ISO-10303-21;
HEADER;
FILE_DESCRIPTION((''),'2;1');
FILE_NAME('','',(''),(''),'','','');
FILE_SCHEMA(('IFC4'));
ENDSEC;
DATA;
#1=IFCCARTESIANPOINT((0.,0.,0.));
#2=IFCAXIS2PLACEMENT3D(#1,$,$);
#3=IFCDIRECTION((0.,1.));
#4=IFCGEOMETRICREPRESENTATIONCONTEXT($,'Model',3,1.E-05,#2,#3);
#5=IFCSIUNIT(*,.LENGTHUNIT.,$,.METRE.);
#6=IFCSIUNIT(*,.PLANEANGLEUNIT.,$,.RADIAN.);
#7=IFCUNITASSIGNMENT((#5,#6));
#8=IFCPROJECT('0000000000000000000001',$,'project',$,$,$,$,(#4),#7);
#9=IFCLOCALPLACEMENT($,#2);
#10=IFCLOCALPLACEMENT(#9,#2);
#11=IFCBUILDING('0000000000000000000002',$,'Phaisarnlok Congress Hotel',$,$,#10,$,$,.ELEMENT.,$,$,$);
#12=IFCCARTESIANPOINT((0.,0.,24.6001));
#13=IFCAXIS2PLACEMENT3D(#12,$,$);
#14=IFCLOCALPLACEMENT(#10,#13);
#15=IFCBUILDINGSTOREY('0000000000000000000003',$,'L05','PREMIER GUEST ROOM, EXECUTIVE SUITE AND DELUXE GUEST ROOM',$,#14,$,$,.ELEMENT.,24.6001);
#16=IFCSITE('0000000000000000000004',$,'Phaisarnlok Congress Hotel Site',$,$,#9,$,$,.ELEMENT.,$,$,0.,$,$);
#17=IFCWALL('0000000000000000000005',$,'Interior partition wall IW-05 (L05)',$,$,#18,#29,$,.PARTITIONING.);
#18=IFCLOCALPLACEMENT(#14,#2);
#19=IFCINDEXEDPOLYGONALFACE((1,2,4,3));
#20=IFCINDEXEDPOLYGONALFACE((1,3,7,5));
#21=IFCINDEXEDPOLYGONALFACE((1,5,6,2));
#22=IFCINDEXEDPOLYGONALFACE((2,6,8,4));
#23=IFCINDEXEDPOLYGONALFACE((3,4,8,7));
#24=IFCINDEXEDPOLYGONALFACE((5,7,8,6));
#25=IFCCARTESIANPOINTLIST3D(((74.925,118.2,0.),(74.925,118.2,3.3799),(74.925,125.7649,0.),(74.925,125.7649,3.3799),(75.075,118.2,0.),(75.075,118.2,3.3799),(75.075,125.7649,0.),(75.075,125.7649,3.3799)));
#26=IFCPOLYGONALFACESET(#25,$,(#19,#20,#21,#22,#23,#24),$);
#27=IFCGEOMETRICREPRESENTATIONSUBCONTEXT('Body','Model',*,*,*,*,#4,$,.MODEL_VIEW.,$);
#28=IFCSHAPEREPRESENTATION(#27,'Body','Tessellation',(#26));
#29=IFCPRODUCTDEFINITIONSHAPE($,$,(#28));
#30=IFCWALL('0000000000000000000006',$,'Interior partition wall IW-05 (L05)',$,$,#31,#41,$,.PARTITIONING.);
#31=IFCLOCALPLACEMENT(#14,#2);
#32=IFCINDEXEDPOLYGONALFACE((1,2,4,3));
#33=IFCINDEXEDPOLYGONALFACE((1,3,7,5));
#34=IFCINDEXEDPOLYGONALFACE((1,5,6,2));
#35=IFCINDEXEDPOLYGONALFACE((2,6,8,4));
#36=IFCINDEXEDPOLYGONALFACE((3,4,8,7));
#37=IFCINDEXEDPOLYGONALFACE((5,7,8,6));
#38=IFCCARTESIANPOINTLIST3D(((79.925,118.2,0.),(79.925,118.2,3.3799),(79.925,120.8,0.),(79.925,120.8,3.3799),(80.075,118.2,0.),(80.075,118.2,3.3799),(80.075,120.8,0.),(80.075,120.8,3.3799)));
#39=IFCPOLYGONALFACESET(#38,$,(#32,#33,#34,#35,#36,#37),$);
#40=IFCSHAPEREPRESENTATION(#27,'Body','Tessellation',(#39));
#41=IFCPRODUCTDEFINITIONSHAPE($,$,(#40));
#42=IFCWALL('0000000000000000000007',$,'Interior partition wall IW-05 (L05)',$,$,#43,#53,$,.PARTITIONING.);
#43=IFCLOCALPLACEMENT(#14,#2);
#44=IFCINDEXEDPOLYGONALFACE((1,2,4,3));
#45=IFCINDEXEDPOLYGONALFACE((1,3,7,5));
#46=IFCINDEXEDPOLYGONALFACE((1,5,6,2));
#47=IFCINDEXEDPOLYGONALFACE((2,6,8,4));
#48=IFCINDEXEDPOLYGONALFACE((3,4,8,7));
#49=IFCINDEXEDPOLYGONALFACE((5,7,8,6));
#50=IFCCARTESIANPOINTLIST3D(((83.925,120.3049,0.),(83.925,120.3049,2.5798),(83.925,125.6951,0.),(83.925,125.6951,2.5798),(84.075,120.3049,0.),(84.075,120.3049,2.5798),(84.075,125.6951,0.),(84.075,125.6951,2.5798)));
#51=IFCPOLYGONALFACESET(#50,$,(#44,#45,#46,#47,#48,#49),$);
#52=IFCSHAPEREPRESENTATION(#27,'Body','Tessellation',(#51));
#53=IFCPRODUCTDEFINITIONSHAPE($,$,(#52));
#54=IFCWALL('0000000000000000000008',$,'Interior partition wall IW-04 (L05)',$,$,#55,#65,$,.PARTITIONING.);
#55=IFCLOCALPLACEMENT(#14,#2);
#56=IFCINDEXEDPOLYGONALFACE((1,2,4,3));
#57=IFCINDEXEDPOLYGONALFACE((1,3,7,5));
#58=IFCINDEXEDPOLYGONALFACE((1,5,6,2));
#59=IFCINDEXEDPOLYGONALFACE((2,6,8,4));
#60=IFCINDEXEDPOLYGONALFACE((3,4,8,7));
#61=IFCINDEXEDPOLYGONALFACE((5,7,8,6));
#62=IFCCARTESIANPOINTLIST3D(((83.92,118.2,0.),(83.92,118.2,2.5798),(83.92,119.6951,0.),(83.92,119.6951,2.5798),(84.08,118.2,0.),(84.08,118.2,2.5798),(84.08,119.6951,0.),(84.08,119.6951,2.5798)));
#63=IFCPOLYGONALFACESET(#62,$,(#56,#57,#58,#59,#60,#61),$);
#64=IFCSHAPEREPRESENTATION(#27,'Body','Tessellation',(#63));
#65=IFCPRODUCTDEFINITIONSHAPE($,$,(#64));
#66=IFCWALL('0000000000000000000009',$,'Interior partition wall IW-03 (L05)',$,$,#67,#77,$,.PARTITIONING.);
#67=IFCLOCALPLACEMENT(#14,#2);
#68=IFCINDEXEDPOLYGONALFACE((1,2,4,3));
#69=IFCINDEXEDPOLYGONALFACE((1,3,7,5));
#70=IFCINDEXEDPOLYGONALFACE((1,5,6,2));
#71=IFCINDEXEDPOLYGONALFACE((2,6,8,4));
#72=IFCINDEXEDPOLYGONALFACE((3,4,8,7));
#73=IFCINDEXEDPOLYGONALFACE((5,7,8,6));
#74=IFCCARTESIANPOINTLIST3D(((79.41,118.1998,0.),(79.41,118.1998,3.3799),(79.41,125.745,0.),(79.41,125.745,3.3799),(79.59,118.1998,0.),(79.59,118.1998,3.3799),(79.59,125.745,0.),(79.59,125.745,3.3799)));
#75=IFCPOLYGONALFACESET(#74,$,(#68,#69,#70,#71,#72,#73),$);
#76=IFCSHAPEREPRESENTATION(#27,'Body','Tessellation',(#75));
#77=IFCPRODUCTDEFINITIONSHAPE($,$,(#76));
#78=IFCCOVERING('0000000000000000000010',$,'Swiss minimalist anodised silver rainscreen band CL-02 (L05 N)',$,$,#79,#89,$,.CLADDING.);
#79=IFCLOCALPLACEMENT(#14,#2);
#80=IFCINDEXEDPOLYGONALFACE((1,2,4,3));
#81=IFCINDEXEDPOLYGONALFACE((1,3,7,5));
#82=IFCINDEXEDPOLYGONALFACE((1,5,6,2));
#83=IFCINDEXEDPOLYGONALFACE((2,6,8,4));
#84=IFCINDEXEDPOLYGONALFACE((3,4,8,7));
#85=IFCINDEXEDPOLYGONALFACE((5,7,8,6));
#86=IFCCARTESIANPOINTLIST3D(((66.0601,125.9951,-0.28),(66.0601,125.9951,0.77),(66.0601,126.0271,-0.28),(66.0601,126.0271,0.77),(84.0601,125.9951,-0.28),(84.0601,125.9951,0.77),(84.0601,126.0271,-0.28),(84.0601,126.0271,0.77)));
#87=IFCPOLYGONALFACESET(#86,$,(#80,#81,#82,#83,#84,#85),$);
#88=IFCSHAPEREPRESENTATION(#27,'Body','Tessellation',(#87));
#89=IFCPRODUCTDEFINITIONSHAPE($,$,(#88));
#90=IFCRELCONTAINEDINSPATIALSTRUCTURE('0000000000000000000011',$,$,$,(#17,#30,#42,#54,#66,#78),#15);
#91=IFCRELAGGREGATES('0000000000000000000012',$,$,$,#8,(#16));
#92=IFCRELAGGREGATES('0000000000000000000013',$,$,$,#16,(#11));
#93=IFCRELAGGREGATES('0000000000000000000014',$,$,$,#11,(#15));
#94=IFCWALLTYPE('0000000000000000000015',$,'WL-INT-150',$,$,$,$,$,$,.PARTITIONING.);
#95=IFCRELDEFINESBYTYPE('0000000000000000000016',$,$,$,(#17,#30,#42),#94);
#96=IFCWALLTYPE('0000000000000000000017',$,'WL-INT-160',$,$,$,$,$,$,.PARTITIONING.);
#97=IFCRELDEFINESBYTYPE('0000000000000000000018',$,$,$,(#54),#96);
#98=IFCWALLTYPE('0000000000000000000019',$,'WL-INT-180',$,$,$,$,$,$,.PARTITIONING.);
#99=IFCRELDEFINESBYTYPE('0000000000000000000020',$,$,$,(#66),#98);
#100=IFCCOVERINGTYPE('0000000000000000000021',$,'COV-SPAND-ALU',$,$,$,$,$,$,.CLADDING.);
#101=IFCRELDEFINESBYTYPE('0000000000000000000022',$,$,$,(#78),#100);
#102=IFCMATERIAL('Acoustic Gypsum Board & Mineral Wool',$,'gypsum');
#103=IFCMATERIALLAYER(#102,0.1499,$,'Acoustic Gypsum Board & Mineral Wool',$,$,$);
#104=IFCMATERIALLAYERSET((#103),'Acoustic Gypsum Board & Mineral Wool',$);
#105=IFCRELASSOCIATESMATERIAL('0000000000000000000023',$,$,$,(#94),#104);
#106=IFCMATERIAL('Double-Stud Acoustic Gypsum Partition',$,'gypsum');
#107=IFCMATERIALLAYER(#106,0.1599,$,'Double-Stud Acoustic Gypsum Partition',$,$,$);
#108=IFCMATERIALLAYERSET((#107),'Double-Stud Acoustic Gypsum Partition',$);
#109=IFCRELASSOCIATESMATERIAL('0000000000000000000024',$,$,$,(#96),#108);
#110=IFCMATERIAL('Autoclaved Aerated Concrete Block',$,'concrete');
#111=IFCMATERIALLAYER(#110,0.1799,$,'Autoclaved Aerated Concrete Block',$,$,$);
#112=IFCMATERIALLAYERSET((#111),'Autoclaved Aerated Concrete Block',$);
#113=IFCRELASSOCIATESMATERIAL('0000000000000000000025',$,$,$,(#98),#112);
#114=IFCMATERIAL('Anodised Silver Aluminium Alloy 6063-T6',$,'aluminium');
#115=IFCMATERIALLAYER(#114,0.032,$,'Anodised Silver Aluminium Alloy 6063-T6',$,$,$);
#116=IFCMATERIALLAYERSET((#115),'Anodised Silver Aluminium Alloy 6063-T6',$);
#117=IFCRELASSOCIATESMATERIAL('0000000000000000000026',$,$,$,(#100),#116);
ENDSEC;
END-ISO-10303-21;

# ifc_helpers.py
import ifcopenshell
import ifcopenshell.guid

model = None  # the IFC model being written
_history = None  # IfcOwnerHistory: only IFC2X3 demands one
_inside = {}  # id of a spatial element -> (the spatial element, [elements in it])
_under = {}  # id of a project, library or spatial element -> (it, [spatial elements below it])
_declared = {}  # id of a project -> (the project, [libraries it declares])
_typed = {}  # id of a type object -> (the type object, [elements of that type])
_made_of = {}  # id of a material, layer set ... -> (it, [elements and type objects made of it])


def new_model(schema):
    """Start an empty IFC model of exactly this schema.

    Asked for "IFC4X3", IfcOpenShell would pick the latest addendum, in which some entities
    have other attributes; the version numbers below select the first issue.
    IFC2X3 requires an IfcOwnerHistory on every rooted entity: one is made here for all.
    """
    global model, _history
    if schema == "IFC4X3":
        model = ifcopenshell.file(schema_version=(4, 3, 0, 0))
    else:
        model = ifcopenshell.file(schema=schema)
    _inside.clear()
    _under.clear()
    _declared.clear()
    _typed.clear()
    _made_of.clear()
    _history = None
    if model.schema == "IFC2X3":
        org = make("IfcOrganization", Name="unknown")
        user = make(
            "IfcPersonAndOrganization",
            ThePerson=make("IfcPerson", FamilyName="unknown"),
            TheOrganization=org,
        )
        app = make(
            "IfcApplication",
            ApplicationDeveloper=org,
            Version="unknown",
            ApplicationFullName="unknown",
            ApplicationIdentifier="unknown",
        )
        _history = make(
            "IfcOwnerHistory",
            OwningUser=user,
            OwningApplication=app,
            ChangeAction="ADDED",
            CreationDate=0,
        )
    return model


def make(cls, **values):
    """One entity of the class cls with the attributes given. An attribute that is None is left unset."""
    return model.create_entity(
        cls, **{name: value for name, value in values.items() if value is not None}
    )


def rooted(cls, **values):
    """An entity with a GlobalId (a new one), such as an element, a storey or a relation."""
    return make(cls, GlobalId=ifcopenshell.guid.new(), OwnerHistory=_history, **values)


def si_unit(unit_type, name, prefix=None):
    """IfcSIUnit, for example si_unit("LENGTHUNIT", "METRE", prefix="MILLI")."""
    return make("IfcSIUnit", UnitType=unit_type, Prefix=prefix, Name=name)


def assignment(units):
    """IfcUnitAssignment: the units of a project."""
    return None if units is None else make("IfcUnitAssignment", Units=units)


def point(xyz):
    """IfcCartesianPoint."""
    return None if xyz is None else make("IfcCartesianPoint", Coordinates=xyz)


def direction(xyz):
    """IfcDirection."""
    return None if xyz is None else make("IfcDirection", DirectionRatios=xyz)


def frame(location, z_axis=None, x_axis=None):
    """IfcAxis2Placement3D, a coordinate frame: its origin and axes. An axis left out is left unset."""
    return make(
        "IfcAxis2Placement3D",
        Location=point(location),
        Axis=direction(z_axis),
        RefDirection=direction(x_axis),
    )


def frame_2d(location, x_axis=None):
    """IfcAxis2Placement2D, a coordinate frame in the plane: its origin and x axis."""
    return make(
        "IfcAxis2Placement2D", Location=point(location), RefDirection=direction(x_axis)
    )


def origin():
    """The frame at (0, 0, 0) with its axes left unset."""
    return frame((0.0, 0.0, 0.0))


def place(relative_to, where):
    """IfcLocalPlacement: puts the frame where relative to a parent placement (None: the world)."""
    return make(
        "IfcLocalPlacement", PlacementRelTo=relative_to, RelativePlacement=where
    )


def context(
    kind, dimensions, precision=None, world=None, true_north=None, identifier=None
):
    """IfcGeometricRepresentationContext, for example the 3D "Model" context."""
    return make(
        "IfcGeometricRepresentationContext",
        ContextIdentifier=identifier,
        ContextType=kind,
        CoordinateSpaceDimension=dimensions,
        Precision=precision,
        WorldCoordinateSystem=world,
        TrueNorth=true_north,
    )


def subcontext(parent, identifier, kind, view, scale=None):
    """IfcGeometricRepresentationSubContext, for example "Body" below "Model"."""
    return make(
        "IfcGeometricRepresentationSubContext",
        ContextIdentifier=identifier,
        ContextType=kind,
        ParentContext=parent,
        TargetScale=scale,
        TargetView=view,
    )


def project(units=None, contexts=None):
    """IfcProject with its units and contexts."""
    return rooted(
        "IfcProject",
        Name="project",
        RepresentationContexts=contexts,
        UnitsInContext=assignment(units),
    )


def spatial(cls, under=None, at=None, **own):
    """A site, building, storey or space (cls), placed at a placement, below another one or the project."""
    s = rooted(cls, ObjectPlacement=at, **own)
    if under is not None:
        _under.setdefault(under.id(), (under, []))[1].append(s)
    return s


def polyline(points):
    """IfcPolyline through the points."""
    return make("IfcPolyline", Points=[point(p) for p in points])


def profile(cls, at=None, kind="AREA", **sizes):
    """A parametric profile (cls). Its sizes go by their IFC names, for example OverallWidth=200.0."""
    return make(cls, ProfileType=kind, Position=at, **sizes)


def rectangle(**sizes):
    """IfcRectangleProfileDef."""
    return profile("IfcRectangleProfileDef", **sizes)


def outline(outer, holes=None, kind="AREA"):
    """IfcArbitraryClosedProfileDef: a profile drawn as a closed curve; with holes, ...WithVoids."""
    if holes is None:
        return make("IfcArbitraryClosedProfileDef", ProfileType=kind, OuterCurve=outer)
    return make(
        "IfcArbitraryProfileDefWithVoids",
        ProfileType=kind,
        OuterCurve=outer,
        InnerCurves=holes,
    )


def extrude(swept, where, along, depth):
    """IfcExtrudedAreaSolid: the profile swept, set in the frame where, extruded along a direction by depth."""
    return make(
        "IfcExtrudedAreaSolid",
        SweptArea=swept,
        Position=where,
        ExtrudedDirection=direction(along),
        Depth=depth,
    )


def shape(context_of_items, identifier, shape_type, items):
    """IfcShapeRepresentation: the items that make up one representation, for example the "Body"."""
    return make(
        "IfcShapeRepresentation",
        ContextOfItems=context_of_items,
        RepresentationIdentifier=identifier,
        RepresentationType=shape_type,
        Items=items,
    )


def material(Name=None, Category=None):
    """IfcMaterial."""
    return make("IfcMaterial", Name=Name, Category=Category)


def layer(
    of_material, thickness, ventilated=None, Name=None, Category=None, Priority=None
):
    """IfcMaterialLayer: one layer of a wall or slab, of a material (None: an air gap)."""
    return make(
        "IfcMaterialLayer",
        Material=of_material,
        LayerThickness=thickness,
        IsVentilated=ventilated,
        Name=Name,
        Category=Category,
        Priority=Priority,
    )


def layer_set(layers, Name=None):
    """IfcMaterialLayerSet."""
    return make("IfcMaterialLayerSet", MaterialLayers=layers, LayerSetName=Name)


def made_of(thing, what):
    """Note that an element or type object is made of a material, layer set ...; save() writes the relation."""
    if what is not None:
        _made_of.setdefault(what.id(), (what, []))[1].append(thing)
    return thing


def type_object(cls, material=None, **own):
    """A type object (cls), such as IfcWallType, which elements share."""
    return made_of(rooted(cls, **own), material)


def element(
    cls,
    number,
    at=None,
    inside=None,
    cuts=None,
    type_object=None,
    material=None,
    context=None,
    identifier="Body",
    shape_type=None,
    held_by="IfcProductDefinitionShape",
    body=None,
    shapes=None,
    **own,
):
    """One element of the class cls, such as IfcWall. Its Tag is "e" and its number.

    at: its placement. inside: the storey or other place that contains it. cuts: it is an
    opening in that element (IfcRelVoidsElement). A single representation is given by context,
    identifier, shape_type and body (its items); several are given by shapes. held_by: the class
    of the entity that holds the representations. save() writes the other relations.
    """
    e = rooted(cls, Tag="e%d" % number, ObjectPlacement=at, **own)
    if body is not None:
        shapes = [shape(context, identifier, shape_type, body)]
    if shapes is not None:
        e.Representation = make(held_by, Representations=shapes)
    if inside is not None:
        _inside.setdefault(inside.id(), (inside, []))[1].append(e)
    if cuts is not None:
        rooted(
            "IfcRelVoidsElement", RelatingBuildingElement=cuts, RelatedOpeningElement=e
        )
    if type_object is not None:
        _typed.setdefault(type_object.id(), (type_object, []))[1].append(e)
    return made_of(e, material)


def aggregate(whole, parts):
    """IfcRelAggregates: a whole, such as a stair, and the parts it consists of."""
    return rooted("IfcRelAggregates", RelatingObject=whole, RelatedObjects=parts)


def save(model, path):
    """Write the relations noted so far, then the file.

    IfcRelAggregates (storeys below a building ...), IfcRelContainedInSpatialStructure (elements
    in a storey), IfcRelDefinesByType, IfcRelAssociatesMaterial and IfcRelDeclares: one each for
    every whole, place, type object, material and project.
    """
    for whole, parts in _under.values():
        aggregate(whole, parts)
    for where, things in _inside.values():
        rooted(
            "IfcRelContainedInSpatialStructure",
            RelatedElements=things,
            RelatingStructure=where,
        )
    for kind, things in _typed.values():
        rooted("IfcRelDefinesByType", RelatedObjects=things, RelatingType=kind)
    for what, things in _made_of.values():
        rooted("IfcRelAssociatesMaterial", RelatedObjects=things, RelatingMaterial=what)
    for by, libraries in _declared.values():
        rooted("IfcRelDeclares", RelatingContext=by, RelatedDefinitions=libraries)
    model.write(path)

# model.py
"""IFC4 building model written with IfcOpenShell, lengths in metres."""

from ifc_helpers import new_model, si_unit, direction, frame, frame_2d, origin, place, context, subcontext, project, spatial, polyline, rectangle, outline, extrude, material, layer, layer_set, type_object, element, save


model = new_model("IFC4")

# Units and contexts
model_context = context("Model", 3, precision=1e-05, world=origin(), true_north=direction((0.0, 1.0)))
body_context = subcontext(model_context, "Body", "Model", "MODEL_VIEW")
ifc_project = project(units=[si_unit("LENGTHUNIT", "METRE"), si_unit("PLANEANGLEUNIT", "RADIAN")], contexts=[model_context])

# Site, building, storey
site_placement = place(None, origin())
site = spatial("IfcSite", under=ifc_project, at=site_placement, Name="Phaisarnlok Congress Hotel Site", CompositionType="ELEMENT", RefElevation=0.0)
building_placement = place(site_placement, origin())
building = spatial("IfcBuilding", under=site, at=building_placement, Name="Phaisarnlok Congress Hotel", CompositionType="ELEMENT")
storey_placement = place(building_placement, frame((0.0, 0.0, 24.6001)))
storey = spatial("IfcBuildingStorey", under=building, at=storey_placement, Name="L05", Description="PREMIER GUEST ROOM, EXECUTIVE SUITE AND DELUXE GUEST ROOM", CompositionType="ELEMENT", Elevation=24.6001)

# Walls
ifc_material_1 = material(Name="Acoustic Gypsum Board & Mineral Wool", Category="gypsum")
ifc_layer_1 = layer(ifc_material_1, 0.1499, Name="Acoustic Gypsum Board & Mineral Wool")
ifc_layer_set_1 = layer_set([ifc_layer_1], Name="Acoustic Gypsum Board & Mineral Wool")
wall_type_1 = type_object("IfcWallType", Name="WL-INT-150", PredefinedType="PARTITIONING", material=ifc_layer_set_1)
wall_1_placement = place(storey_placement, frame((75.0, 118.2, 0.0), z_axis=(0.0, 0.0, 1.0), x_axis=(0.0, 1.0, 0.0)))
element("IfcWall", 1, at=wall_1_placement, inside=storey, type_object=wall_type_1, Name="Interior partition wall IW-05 (L05)", PredefinedType="PARTITIONING", context=body_context, shape_type="SweptSolid", body=[
    extrude(rectangle(XDim=7.5649, YDim=0.1499, at=frame_2d((3.7825, 0.0))), origin(), (0.0, 0.0, 1.0), 3.3799),
])
wall_2_placement = place(storey_placement, frame((80.0, 118.2, 0.0), z_axis=(0.0, 0.0, 1.0), x_axis=(0.0, 1.0, 0.0)))
element("IfcWall", 2, at=wall_2_placement, inside=storey, type_object=wall_type_1, Name="Interior partition wall IW-05 (L05)", PredefinedType="PARTITIONING", context=body_context, shape_type="SweptSolid", body=[
    extrude(rectangle(XDim=2.6001, YDim=0.1499, at=frame_2d((1.3, 0.0))), origin(), (0.0, 0.0, 1.0), 3.3799),
])
wall_3_placement = place(storey_placement, frame((84.0, 120.3049, 0.0), z_axis=(0.0, 0.0, 1.0), x_axis=(0.0, 1.0, 0.0)))
element("IfcWall", 3, at=wall_3_placement, inside=storey, type_object=wall_type_1, Name="Interior partition wall IW-05 (L05)", PredefinedType="PARTITIONING", context=body_context, shape_type="SweptSolid", body=[
    extrude(rectangle(XDim=5.3901, YDim=0.1499, at=frame_2d((2.6951, 0.0))), origin(), (0.0, 0.0, 1.0), 2.5798),
])
ifc_material_2 = material(Name="Double-Stud Acoustic Gypsum Partition", Category="gypsum")
ifc_layer_2 = layer(ifc_material_2, 0.1599, Name="Double-Stud Acoustic Gypsum Partition")
ifc_layer_set_2 = layer_set([ifc_layer_2], Name="Double-Stud Acoustic Gypsum Partition")
wall_type_2 = type_object("IfcWallType", Name="WL-INT-160", PredefinedType="PARTITIONING", material=ifc_layer_set_2)
wall_4_placement = place(storey_placement, frame((84.0, 118.2, 0.0), z_axis=(0.0, 0.0, 1.0), x_axis=(0.0, 1.0, 0.0)))
element("IfcWall", 4, at=wall_4_placement, inside=storey, type_object=wall_type_2, Name="Interior partition wall IW-04 (L05)", PredefinedType="PARTITIONING", context=body_context, shape_type="SweptSolid", body=[
    extrude(rectangle(XDim=1.4951, YDim=0.1599, at=frame_2d((0.7476, 0.0))), origin(), (0.0, 0.0, 1.0), 2.5798),
])
ifc_material_3 = material(Name="Autoclaved Aerated Concrete Block", Category="concrete")
ifc_layer_3 = layer(ifc_material_3, 0.1799, Name="Autoclaved Aerated Concrete Block")
ifc_layer_set_3 = layer_set([ifc_layer_3], Name="Autoclaved Aerated Concrete Block")
wall_type_3 = type_object("IfcWallType", Name="WL-INT-180", PredefinedType="PARTITIONING", material=ifc_layer_set_3)
wall_5_placement = place(storey_placement, frame((79.5, 118.2, 0.0), z_axis=(0.0, 0.0, 1.0), x_axis=(0.0, 1.0, 0.0)))
element("IfcWall", 5, at=wall_5_placement, inside=storey, type_object=wall_type_3, Name="Interior partition wall IW-03 (L05)", PredefinedType="PARTITIONING", context=body_context, shape_type="SweptSolid", body=[
    extrude(rectangle(XDim=7.5452, YDim=0.1799, at=frame_2d((3.7725, 0.0))), origin(), (0.0, 0.0, 1.0), 3.3799),
])

# Covering
ifc_material_4 = material(Name="Anodised Silver Aluminium Alloy 6063-T6", Category="aluminium")
ifc_layer_4 = layer(ifc_material_4, 0.032, Name="Anodised Silver Aluminium Alloy 6063-T6")
ifc_layer_set_4 = layer_set([ifc_layer_4], Name="Anodised Silver Aluminium Alloy 6063-T6")
covering_type = type_object("IfcCoveringType", Name="COV-SPAND-ALU", PredefinedType="CLADDING", material=ifc_layer_set_4)
covering_placement = place(storey_placement, frame((84.0601, 125.9951, -0.28), z_axis=(0.0, 1.0, 0.0), x_axis=(-1.0, 0.0, 0.0)))
element("IfcCovering", 6, at=covering_placement, inside=storey, type_object=covering_type, Name="Swiss minimalist anodised silver rainscreen band CL-02 (L05 N)", PredefinedType="CLADDING", context=body_context, shape_type="SweptSolid", body=[
    extrude(outline(polyline([(0.0, 0.0), (18.0, 0.0), (18.0, 1.05), (0.0, 1.05), (0.0, 0.0)])), origin(), (0.0, 0.0, 1.0), 0.032),
])

save(model, "model.ifc")
